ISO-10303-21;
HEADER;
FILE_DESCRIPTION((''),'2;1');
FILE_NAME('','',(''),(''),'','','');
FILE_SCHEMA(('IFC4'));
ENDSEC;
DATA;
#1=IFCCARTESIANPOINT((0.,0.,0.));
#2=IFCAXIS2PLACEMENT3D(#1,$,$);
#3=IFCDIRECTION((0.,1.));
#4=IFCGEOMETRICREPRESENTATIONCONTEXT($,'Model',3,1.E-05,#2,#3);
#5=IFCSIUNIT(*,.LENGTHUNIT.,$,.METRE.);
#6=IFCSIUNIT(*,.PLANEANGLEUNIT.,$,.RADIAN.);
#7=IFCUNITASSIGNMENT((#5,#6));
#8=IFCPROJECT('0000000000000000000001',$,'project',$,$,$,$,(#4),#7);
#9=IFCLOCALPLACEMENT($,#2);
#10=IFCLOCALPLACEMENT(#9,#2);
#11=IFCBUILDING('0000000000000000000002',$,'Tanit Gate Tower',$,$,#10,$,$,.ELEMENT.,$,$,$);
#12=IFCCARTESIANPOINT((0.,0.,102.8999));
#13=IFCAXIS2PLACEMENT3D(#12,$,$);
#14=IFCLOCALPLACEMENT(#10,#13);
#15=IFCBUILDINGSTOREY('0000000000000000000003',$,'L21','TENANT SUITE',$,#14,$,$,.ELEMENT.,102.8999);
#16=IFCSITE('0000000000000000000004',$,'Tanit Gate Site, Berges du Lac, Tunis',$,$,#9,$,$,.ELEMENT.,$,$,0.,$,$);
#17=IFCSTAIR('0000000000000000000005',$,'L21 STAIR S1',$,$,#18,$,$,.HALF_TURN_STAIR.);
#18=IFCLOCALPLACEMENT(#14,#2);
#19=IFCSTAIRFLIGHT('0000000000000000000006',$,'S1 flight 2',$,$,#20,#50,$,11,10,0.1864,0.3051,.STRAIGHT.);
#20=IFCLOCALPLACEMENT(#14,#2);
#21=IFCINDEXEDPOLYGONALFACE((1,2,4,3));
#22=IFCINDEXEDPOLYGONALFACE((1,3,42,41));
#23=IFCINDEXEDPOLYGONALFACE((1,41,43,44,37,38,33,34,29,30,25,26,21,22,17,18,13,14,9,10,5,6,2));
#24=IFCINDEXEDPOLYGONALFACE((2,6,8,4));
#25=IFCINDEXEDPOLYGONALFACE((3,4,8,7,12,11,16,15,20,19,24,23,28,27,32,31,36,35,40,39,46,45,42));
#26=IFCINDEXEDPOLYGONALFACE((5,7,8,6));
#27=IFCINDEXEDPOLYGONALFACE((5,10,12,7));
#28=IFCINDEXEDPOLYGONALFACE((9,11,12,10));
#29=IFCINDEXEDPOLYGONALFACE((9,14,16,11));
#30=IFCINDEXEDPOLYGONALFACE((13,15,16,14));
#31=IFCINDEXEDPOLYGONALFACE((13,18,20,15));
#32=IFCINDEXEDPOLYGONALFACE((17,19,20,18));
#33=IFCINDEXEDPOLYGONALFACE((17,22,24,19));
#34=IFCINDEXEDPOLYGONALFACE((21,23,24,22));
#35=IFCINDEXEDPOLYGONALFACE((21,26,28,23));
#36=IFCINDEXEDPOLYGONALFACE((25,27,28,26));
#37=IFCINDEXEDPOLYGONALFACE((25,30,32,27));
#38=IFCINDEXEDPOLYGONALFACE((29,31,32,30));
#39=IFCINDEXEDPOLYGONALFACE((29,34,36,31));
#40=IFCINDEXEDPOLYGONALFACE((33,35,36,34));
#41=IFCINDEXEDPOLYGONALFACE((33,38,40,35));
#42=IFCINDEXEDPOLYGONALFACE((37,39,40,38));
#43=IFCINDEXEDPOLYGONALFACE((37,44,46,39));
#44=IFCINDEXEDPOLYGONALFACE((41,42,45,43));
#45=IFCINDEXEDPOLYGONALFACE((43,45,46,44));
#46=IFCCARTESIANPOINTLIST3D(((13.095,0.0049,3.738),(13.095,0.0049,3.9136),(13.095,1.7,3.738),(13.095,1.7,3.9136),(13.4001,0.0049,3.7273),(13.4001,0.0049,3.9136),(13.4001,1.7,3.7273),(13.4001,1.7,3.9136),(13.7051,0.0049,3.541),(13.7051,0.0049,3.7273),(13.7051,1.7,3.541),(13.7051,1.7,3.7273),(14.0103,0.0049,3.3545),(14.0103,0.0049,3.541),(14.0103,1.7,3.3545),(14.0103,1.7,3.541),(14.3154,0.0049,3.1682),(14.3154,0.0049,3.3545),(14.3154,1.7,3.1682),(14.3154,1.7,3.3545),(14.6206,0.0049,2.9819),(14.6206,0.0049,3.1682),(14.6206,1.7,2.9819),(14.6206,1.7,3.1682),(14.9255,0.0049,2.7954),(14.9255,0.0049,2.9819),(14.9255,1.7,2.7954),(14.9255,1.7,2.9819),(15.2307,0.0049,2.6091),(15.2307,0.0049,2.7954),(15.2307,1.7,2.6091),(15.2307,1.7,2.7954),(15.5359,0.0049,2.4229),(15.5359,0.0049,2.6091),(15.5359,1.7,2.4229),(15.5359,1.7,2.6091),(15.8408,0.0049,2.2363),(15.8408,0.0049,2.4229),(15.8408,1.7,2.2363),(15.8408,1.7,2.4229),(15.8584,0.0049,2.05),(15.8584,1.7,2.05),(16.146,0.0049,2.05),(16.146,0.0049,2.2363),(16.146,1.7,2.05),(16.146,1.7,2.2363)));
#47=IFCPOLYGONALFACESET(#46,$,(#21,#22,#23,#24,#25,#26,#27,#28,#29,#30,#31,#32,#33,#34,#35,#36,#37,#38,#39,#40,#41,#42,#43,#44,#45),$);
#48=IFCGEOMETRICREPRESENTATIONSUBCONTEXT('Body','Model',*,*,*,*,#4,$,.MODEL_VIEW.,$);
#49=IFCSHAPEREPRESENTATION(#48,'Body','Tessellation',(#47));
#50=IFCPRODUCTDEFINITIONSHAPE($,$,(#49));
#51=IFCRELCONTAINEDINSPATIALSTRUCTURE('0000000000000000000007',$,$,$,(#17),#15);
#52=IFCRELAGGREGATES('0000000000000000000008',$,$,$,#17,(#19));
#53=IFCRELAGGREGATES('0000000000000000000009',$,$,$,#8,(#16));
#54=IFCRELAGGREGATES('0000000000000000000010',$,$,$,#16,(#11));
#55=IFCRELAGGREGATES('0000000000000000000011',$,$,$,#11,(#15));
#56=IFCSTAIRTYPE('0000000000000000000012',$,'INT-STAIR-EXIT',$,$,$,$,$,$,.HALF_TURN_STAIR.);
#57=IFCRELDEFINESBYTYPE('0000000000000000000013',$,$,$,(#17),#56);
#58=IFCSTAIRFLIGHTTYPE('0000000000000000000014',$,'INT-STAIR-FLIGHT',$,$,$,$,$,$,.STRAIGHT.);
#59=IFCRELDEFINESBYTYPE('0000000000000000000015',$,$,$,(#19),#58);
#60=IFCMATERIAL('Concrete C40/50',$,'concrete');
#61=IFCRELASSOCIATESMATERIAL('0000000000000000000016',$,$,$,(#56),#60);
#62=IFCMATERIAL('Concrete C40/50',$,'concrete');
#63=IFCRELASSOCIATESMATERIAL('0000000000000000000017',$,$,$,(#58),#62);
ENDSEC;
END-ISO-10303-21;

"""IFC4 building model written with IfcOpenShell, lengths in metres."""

from ifc_helpers import new_model, si_unit, direction, frame, origin, place, context, subcontext, project, spatial, polyline, outline, extrude, material, type_object, element, aggregate, save


model = new_model("IFC4")

# Units and contexts
model_context = context("Model", 3, precision=1e-05, world=origin(), true_north=direction((0.0, 1.0)))
body_context = subcontext(model_context, "Body", "Model", "MODEL_VIEW")
ifc_project = project(units=[si_unit("LENGTHUNIT", "METRE"), si_unit("PLANEANGLEUNIT", "RADIAN")], contexts=[model_context])

# Site, building, storey
site_placement = place(None, origin())
site = spatial("IfcSite", under=ifc_project, at=site_placement, Name="Tanit Gate Site, Berges du Lac, Tunis", CompositionType="ELEMENT", RefElevation=0.0)
building_placement = place(site_placement, origin())
building = spatial("IfcBuilding", under=site, at=building_placement, Name="Tanit Gate Tower", CompositionType="ELEMENT")
storey_placement = place(building_placement, frame((0.0, 0.0, 102.8999)))
storey = spatial("IfcBuildingStorey", under=building, at=storey_placement, Name="L21", Description="TENANT SUITE", CompositionType="ELEMENT", Elevation=102.8999)

# Stair, stair flight
ifc_material_1 = material(Name="Concrete C40/50", Category="concrete")
stair_type = type_object("IfcStairType", Name="INT-STAIR-EXIT", PredefinedType="HALF_TURN_STAIR", material=ifc_material_1)
stair_placement = place(storey_placement, origin())
stair = element("IfcStair", 1, at=stair_placement, inside=storey, type_object=stair_type, Name="L21 STAIR S1", PredefinedType="HALF_TURN_STAIR")
ifc_material_2 = material(Name="Concrete C40/50", Category="concrete")
stair_flight_type = type_object("IfcStairFlightType", Name="INT-STAIR-FLIGHT", PredefinedType="STRAIGHT", material=ifc_material_2)
stair_flight_placement = place(storey_placement, frame((16.146, 0.8525, 2.05), z_axis=(0.0, 0.0, 1.0), x_axis=(-1.0, 0.0, 0.0)))
stair_flight = element("IfcStairFlight", 2, at=stair_flight_placement, type_object=stair_flight_type, Name="S1 flight 2", NumberOfRisers=11, NumberOfTreads=10, PredefinedType="STRAIGHT", RiserHeight=0.1864, TreadLength=0.3051, context=body_context, shape_type="SweptSolid", body=[
    extrude(outline(polyline([(0.0, 0.0), (0.0, 0.1863), (0.3052, 0.1863), (0.3052, 0.3728), (0.6101, 0.3728), (0.6101, 0.5591), (0.9153, 0.5591), (0.9153, 0.7454), (1.2205, 0.7454), (1.2205, 0.9319), (1.5254, 0.9319), (1.5254, 1.1182), (1.8306, 1.1182), (1.8306, 1.3044), (2.1357, 1.3044), (2.1357, 1.491), (2.4409, 1.491), (2.4409, 1.6772), (2.7458, 1.6772), (2.7458, 1.8635), (3.051, 1.8635), (3.051, 2.05), (3.051, 1.688), (0.2876, 0.0), (0.0, 0.0)])), frame((0.0, 0.8477, 0.0), z_axis=(0.0, -1.0, 0.0), x_axis=(1.0, 0.0, 0.0)), (0.0, 0.0, 1.0), 1.6951),
])
aggregate(stair, [stair_flight])

save(model, "model.ifc")
